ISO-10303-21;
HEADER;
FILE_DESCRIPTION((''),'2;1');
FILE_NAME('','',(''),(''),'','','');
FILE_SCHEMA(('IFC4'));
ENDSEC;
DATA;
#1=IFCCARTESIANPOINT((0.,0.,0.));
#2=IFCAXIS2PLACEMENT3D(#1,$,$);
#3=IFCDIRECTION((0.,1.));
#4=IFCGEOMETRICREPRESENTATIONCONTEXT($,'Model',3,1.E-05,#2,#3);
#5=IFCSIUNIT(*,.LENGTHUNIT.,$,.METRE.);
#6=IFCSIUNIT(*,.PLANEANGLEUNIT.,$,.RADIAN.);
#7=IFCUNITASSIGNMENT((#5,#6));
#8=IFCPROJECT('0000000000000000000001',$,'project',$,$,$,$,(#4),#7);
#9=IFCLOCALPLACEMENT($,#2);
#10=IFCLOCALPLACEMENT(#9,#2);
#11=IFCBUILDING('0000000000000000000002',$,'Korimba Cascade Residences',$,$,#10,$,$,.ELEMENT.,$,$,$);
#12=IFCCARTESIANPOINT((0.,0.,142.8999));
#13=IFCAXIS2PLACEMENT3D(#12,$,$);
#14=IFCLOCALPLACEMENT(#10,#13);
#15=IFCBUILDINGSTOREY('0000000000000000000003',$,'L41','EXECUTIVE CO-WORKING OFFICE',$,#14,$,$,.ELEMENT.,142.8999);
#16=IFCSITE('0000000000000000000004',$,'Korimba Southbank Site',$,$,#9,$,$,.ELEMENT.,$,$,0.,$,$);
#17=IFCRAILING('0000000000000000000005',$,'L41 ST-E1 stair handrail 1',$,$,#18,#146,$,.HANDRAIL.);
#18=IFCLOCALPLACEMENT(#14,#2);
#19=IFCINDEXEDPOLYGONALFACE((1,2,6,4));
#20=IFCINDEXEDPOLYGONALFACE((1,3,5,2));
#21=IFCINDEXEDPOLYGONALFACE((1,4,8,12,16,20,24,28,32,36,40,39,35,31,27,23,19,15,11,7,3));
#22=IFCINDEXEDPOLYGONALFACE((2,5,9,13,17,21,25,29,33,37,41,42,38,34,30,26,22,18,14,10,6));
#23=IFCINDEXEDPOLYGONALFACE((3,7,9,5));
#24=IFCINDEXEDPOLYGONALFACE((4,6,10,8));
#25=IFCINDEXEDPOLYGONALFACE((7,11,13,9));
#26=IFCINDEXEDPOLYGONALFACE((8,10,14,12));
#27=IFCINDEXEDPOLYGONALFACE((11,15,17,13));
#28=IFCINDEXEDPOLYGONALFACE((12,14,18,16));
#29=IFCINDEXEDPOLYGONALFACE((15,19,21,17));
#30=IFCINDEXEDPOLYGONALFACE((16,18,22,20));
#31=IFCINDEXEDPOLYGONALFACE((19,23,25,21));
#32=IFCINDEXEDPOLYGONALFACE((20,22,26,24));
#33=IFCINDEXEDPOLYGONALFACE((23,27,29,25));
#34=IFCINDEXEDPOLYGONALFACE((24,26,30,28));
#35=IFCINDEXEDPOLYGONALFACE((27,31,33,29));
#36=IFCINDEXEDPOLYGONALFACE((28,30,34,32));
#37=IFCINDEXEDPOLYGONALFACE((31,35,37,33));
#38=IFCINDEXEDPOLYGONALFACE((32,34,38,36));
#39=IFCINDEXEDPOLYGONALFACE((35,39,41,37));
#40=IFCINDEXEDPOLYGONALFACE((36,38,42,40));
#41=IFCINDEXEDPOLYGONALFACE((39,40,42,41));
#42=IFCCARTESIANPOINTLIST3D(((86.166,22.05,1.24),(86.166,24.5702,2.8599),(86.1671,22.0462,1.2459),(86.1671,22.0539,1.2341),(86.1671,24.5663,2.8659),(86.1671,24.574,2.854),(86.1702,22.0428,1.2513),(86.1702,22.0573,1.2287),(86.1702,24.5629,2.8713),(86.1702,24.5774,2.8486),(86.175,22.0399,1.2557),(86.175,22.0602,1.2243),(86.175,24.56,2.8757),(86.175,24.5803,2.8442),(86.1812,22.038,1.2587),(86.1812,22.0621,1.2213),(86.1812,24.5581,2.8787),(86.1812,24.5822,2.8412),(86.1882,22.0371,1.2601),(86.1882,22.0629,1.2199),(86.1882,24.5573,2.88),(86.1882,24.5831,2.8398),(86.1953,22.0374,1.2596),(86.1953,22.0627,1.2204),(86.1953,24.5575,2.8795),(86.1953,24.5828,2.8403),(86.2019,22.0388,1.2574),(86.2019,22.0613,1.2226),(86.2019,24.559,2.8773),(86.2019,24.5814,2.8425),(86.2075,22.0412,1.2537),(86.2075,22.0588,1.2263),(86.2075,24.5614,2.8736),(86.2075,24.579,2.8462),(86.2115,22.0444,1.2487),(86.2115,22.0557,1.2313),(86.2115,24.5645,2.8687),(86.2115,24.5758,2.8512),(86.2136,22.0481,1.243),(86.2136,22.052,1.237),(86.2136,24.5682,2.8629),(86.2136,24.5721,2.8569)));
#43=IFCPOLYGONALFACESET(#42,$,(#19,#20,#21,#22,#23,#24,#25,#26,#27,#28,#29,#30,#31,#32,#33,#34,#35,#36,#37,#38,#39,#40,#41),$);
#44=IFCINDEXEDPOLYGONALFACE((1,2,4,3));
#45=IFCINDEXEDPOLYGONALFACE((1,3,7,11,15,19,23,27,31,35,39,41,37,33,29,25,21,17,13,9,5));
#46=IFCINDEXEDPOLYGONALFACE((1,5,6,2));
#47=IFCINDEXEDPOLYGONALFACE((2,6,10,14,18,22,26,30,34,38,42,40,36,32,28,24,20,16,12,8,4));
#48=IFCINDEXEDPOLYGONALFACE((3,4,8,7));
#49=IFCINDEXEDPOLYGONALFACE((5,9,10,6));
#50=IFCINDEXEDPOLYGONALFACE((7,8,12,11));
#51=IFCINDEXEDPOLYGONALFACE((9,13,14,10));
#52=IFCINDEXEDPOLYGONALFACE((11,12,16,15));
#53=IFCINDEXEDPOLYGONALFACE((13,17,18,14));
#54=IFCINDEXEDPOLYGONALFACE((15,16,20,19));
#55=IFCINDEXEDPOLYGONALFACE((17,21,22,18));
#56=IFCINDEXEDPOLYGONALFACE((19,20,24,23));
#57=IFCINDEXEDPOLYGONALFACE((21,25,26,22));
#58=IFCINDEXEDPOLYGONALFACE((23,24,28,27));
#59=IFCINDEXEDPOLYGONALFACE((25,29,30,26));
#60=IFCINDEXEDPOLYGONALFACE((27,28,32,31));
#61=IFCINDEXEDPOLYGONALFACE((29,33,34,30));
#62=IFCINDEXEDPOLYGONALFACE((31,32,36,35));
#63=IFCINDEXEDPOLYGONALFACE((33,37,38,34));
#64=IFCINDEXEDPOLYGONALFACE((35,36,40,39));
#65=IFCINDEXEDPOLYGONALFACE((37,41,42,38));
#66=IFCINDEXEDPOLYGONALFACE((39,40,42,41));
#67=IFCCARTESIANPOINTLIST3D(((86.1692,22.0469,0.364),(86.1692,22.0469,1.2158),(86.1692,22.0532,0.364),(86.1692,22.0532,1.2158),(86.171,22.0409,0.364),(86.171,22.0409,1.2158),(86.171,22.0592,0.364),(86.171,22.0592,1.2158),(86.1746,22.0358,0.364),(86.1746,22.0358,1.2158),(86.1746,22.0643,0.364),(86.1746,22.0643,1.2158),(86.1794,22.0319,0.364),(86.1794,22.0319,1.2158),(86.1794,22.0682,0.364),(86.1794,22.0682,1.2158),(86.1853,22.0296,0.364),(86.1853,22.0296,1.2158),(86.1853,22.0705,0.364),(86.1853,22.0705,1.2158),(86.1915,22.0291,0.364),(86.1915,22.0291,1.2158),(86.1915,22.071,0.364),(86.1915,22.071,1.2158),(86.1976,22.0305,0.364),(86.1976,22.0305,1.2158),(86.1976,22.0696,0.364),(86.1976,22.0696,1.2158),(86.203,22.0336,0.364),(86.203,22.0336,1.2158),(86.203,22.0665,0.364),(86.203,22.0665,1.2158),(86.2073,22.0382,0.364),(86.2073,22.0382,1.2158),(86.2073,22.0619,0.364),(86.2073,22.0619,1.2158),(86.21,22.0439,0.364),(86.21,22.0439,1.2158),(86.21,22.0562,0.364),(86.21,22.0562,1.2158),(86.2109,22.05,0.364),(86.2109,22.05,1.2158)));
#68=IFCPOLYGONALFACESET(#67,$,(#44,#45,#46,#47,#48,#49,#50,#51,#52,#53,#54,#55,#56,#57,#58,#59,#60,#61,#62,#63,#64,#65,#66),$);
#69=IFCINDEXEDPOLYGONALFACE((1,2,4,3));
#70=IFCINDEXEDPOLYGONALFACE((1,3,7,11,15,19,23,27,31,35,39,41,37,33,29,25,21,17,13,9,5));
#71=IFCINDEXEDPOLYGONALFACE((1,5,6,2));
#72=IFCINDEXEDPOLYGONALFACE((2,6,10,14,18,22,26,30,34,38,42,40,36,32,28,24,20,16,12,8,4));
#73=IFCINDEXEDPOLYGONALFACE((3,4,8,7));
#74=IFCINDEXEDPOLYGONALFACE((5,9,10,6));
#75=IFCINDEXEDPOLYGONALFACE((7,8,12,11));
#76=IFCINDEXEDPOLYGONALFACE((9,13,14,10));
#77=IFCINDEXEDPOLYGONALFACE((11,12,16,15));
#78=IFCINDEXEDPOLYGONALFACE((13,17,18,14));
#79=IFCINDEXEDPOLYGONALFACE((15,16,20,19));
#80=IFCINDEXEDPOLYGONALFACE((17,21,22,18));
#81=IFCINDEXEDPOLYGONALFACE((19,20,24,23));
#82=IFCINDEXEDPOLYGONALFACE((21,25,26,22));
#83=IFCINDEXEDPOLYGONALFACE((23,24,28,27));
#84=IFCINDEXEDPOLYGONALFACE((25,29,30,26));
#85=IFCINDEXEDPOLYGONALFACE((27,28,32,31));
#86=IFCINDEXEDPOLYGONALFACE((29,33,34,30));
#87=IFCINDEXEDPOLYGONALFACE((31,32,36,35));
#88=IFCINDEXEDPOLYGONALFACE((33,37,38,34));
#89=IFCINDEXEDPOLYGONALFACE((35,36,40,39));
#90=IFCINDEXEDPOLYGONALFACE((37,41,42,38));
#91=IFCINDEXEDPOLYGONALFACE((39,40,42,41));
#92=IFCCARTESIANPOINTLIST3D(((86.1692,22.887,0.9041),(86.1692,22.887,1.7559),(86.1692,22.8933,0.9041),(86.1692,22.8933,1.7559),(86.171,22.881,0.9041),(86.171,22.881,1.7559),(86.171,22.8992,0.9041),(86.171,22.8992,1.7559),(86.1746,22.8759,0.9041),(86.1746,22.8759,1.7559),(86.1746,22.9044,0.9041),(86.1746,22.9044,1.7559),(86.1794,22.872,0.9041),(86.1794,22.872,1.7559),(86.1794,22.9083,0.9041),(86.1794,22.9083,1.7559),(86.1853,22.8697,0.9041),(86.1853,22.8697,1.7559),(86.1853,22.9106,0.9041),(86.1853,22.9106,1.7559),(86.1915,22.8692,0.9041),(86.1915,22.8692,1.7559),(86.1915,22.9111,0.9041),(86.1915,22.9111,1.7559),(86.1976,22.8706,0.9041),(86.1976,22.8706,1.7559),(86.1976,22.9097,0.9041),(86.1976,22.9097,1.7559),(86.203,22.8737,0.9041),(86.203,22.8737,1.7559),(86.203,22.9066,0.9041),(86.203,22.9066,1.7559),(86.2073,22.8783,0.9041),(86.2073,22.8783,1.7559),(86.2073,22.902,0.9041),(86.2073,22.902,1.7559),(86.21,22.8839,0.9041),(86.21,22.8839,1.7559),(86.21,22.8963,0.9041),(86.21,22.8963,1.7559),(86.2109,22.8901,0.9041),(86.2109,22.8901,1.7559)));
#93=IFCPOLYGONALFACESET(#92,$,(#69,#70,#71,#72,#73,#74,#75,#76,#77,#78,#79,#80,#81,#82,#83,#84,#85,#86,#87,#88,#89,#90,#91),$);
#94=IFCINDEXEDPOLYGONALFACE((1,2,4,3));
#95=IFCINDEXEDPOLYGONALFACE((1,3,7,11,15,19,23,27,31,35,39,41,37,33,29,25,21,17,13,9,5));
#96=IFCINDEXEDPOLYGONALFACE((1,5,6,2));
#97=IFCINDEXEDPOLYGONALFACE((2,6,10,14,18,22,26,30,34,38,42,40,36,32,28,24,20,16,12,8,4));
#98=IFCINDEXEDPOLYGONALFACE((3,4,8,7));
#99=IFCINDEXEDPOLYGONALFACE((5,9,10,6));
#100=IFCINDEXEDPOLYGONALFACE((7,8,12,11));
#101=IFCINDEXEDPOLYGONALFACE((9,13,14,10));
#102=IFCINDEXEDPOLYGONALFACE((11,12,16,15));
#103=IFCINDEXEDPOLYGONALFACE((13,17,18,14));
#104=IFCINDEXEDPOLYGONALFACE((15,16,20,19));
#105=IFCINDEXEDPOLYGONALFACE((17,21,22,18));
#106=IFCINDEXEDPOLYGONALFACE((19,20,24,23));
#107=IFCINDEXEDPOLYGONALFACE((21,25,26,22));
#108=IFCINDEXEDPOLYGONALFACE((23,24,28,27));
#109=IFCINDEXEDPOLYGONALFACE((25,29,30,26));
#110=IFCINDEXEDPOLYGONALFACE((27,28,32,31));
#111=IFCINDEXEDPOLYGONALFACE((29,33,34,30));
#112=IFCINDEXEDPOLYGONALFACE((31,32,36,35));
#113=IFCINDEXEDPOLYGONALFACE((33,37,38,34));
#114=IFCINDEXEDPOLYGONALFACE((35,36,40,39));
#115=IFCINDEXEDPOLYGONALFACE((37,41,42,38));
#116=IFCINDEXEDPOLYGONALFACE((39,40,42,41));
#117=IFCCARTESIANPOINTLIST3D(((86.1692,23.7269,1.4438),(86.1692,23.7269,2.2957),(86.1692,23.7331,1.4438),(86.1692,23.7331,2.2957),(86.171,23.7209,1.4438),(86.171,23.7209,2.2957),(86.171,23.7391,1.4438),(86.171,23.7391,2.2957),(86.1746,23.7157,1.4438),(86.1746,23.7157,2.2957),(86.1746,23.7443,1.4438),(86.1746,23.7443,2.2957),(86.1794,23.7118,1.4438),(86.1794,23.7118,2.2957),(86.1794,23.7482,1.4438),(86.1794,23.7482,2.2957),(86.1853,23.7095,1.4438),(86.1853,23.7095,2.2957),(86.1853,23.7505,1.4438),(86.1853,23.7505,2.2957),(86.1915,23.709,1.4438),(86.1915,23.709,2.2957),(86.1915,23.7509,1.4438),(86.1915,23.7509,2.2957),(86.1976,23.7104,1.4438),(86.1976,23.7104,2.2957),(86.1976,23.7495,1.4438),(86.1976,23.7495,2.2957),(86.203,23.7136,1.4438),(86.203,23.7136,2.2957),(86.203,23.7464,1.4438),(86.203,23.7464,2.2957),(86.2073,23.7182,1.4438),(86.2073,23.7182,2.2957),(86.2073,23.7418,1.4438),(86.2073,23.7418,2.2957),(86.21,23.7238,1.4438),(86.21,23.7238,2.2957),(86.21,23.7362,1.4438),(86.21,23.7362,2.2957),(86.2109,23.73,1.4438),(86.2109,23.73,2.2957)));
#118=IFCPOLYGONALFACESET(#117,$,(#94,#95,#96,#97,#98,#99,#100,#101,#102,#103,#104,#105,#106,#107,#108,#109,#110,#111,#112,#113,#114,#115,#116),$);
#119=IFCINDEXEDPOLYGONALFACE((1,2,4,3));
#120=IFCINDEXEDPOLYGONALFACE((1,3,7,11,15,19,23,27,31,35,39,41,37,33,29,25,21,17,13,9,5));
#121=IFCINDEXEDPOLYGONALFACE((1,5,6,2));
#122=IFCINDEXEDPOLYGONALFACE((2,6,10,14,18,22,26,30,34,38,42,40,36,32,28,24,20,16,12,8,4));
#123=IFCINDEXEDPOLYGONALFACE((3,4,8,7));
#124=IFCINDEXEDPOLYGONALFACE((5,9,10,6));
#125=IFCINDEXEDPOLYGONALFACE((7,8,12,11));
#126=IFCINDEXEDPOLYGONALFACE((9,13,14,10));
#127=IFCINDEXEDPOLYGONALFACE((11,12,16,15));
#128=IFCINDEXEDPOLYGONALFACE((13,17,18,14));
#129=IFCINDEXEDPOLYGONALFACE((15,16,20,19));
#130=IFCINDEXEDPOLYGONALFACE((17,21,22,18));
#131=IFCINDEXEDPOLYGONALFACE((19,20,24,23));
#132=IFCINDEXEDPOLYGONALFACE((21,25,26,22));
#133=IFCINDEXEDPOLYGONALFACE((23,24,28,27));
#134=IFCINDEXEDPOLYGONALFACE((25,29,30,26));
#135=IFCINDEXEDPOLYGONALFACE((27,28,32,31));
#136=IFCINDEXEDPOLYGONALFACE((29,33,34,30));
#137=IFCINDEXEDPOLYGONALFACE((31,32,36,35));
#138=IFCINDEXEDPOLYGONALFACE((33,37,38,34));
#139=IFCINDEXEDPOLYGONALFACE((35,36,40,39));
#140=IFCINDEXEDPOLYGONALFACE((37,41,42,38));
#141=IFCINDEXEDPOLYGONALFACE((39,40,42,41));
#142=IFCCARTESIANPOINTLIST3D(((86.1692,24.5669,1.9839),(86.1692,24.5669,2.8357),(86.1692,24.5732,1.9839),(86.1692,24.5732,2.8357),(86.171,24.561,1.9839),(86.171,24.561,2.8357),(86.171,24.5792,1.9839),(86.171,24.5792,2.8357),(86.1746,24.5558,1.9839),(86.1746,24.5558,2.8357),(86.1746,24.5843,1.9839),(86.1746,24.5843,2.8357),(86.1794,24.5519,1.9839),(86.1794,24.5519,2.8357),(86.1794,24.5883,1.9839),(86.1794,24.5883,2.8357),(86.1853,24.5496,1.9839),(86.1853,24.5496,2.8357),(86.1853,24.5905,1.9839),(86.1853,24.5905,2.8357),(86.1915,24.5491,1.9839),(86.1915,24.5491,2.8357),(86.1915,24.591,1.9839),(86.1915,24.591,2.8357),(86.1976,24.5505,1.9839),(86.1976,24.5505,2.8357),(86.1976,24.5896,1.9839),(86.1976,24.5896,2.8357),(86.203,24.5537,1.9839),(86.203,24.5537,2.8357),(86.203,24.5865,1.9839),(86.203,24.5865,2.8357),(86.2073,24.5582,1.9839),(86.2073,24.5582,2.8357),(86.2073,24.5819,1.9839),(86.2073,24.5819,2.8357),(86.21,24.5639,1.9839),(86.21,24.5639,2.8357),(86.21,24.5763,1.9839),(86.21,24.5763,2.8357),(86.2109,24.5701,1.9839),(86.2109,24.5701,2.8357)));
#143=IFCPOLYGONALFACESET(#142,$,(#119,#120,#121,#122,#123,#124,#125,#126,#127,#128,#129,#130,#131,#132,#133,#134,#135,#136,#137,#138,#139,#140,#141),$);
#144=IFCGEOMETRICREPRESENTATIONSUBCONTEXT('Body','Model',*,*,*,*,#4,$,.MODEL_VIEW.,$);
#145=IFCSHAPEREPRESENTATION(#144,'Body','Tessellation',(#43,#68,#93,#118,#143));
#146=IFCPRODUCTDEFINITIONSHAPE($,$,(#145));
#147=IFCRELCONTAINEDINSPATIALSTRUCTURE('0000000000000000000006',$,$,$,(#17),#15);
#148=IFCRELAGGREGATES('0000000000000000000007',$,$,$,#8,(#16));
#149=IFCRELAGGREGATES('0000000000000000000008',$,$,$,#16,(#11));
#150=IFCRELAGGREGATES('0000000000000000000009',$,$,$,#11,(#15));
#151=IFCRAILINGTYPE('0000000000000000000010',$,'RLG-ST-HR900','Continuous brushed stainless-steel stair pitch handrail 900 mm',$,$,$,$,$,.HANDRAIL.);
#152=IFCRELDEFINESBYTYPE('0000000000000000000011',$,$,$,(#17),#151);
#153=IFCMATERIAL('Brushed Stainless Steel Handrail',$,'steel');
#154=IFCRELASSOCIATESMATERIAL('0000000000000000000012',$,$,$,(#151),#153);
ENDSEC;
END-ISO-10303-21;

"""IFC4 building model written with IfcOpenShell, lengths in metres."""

from ifc_helpers import new_model, si_unit, direction, frame, origin, origin_2d, place, context, subcontext, project, spatial, circle, extrude, material, type_object, element, save


model = new_model("IFC4")

# Units and contexts
model_context = context("Model", 3, precision=1e-05, world=origin(), true_north=direction((0.0, 1.0)))
body_context = subcontext(model_context, "Body", "Model", "MODEL_VIEW")
ifc_project = project(units=[si_unit("LENGTHUNIT", "METRE"), si_unit("PLANEANGLEUNIT", "RADIAN")], contexts=[model_context])

# Site, building, storey
site_placement = place(None, origin())
site = spatial("IfcSite", under=ifc_project, at=site_placement, Name="Korimba Southbank Site", CompositionType="ELEMENT", RefElevation=0.0)
building_placement = place(site_placement, origin())
building = spatial("IfcBuilding", under=site, at=building_placement, Name="Korimba Cascade Residences", CompositionType="ELEMENT")
storey_placement = place(building_placement, frame((0.0, 0.0, 142.8999)))
storey = spatial("IfcBuildingStorey", under=building, at=storey_placement, Name="L41", Description="EXECUTIVE CO-WORKING OFFICE", CompositionType="ELEMENT", Elevation=142.8999)

# Railing
ifc_material_1 = material(Name="Brushed Stainless Steel Handrail", Category="steel")
railing_type_1 = type_object("IfcRailingType", Name="RLG-ST-HR900", Description="Continuous brushed stainless-steel stair pitch handrail 900 mm", PredefinedType="HANDRAIL", material=ifc_material_1)
railing_1_placement = place(storey_placement, frame((86.1899, 22.05, 0.364)))
element("IfcRailing", 1, at=railing_1_placement, inside=storey, type_object=railing_type_1, Name="L41 ST-E1 stair handrail 1", PredefinedType="HANDRAIL", context=body_context, shape_type="SweptSolid", body=[
    extrude(circle(Radius=0.0239, at=origin_2d()), frame((0.0, 0.0, 0.876), z_axis=(0.0, 0.8412, 0.540725), x_axis=(-1.0, 0.0, 0.0)), (0.0, 0.0, 1.0), 2.9958),
    extrude(circle(Radius=0.021, at=origin_2d()), origin(), (0.0, 0.0, 1.0), 0.8518),
    extrude(circle(Radius=0.021, at=origin_2d()), frame((0.0, 0.8401, 0.54)), (0.0, 0.0, 1.0), 0.8518),
    extrude(circle(Radius=0.021, at=origin_2d()), frame((0.0, 1.6799, 1.0798)), (0.0, 0.0, 1.0), 0.8518),
    extrude(circle(Radius=0.021, at=origin_2d()), frame((0.0, 2.52, 1.6199)), (0.0, 0.0, 1.0), 0.8518),
])

save(model, "model.ifc")
